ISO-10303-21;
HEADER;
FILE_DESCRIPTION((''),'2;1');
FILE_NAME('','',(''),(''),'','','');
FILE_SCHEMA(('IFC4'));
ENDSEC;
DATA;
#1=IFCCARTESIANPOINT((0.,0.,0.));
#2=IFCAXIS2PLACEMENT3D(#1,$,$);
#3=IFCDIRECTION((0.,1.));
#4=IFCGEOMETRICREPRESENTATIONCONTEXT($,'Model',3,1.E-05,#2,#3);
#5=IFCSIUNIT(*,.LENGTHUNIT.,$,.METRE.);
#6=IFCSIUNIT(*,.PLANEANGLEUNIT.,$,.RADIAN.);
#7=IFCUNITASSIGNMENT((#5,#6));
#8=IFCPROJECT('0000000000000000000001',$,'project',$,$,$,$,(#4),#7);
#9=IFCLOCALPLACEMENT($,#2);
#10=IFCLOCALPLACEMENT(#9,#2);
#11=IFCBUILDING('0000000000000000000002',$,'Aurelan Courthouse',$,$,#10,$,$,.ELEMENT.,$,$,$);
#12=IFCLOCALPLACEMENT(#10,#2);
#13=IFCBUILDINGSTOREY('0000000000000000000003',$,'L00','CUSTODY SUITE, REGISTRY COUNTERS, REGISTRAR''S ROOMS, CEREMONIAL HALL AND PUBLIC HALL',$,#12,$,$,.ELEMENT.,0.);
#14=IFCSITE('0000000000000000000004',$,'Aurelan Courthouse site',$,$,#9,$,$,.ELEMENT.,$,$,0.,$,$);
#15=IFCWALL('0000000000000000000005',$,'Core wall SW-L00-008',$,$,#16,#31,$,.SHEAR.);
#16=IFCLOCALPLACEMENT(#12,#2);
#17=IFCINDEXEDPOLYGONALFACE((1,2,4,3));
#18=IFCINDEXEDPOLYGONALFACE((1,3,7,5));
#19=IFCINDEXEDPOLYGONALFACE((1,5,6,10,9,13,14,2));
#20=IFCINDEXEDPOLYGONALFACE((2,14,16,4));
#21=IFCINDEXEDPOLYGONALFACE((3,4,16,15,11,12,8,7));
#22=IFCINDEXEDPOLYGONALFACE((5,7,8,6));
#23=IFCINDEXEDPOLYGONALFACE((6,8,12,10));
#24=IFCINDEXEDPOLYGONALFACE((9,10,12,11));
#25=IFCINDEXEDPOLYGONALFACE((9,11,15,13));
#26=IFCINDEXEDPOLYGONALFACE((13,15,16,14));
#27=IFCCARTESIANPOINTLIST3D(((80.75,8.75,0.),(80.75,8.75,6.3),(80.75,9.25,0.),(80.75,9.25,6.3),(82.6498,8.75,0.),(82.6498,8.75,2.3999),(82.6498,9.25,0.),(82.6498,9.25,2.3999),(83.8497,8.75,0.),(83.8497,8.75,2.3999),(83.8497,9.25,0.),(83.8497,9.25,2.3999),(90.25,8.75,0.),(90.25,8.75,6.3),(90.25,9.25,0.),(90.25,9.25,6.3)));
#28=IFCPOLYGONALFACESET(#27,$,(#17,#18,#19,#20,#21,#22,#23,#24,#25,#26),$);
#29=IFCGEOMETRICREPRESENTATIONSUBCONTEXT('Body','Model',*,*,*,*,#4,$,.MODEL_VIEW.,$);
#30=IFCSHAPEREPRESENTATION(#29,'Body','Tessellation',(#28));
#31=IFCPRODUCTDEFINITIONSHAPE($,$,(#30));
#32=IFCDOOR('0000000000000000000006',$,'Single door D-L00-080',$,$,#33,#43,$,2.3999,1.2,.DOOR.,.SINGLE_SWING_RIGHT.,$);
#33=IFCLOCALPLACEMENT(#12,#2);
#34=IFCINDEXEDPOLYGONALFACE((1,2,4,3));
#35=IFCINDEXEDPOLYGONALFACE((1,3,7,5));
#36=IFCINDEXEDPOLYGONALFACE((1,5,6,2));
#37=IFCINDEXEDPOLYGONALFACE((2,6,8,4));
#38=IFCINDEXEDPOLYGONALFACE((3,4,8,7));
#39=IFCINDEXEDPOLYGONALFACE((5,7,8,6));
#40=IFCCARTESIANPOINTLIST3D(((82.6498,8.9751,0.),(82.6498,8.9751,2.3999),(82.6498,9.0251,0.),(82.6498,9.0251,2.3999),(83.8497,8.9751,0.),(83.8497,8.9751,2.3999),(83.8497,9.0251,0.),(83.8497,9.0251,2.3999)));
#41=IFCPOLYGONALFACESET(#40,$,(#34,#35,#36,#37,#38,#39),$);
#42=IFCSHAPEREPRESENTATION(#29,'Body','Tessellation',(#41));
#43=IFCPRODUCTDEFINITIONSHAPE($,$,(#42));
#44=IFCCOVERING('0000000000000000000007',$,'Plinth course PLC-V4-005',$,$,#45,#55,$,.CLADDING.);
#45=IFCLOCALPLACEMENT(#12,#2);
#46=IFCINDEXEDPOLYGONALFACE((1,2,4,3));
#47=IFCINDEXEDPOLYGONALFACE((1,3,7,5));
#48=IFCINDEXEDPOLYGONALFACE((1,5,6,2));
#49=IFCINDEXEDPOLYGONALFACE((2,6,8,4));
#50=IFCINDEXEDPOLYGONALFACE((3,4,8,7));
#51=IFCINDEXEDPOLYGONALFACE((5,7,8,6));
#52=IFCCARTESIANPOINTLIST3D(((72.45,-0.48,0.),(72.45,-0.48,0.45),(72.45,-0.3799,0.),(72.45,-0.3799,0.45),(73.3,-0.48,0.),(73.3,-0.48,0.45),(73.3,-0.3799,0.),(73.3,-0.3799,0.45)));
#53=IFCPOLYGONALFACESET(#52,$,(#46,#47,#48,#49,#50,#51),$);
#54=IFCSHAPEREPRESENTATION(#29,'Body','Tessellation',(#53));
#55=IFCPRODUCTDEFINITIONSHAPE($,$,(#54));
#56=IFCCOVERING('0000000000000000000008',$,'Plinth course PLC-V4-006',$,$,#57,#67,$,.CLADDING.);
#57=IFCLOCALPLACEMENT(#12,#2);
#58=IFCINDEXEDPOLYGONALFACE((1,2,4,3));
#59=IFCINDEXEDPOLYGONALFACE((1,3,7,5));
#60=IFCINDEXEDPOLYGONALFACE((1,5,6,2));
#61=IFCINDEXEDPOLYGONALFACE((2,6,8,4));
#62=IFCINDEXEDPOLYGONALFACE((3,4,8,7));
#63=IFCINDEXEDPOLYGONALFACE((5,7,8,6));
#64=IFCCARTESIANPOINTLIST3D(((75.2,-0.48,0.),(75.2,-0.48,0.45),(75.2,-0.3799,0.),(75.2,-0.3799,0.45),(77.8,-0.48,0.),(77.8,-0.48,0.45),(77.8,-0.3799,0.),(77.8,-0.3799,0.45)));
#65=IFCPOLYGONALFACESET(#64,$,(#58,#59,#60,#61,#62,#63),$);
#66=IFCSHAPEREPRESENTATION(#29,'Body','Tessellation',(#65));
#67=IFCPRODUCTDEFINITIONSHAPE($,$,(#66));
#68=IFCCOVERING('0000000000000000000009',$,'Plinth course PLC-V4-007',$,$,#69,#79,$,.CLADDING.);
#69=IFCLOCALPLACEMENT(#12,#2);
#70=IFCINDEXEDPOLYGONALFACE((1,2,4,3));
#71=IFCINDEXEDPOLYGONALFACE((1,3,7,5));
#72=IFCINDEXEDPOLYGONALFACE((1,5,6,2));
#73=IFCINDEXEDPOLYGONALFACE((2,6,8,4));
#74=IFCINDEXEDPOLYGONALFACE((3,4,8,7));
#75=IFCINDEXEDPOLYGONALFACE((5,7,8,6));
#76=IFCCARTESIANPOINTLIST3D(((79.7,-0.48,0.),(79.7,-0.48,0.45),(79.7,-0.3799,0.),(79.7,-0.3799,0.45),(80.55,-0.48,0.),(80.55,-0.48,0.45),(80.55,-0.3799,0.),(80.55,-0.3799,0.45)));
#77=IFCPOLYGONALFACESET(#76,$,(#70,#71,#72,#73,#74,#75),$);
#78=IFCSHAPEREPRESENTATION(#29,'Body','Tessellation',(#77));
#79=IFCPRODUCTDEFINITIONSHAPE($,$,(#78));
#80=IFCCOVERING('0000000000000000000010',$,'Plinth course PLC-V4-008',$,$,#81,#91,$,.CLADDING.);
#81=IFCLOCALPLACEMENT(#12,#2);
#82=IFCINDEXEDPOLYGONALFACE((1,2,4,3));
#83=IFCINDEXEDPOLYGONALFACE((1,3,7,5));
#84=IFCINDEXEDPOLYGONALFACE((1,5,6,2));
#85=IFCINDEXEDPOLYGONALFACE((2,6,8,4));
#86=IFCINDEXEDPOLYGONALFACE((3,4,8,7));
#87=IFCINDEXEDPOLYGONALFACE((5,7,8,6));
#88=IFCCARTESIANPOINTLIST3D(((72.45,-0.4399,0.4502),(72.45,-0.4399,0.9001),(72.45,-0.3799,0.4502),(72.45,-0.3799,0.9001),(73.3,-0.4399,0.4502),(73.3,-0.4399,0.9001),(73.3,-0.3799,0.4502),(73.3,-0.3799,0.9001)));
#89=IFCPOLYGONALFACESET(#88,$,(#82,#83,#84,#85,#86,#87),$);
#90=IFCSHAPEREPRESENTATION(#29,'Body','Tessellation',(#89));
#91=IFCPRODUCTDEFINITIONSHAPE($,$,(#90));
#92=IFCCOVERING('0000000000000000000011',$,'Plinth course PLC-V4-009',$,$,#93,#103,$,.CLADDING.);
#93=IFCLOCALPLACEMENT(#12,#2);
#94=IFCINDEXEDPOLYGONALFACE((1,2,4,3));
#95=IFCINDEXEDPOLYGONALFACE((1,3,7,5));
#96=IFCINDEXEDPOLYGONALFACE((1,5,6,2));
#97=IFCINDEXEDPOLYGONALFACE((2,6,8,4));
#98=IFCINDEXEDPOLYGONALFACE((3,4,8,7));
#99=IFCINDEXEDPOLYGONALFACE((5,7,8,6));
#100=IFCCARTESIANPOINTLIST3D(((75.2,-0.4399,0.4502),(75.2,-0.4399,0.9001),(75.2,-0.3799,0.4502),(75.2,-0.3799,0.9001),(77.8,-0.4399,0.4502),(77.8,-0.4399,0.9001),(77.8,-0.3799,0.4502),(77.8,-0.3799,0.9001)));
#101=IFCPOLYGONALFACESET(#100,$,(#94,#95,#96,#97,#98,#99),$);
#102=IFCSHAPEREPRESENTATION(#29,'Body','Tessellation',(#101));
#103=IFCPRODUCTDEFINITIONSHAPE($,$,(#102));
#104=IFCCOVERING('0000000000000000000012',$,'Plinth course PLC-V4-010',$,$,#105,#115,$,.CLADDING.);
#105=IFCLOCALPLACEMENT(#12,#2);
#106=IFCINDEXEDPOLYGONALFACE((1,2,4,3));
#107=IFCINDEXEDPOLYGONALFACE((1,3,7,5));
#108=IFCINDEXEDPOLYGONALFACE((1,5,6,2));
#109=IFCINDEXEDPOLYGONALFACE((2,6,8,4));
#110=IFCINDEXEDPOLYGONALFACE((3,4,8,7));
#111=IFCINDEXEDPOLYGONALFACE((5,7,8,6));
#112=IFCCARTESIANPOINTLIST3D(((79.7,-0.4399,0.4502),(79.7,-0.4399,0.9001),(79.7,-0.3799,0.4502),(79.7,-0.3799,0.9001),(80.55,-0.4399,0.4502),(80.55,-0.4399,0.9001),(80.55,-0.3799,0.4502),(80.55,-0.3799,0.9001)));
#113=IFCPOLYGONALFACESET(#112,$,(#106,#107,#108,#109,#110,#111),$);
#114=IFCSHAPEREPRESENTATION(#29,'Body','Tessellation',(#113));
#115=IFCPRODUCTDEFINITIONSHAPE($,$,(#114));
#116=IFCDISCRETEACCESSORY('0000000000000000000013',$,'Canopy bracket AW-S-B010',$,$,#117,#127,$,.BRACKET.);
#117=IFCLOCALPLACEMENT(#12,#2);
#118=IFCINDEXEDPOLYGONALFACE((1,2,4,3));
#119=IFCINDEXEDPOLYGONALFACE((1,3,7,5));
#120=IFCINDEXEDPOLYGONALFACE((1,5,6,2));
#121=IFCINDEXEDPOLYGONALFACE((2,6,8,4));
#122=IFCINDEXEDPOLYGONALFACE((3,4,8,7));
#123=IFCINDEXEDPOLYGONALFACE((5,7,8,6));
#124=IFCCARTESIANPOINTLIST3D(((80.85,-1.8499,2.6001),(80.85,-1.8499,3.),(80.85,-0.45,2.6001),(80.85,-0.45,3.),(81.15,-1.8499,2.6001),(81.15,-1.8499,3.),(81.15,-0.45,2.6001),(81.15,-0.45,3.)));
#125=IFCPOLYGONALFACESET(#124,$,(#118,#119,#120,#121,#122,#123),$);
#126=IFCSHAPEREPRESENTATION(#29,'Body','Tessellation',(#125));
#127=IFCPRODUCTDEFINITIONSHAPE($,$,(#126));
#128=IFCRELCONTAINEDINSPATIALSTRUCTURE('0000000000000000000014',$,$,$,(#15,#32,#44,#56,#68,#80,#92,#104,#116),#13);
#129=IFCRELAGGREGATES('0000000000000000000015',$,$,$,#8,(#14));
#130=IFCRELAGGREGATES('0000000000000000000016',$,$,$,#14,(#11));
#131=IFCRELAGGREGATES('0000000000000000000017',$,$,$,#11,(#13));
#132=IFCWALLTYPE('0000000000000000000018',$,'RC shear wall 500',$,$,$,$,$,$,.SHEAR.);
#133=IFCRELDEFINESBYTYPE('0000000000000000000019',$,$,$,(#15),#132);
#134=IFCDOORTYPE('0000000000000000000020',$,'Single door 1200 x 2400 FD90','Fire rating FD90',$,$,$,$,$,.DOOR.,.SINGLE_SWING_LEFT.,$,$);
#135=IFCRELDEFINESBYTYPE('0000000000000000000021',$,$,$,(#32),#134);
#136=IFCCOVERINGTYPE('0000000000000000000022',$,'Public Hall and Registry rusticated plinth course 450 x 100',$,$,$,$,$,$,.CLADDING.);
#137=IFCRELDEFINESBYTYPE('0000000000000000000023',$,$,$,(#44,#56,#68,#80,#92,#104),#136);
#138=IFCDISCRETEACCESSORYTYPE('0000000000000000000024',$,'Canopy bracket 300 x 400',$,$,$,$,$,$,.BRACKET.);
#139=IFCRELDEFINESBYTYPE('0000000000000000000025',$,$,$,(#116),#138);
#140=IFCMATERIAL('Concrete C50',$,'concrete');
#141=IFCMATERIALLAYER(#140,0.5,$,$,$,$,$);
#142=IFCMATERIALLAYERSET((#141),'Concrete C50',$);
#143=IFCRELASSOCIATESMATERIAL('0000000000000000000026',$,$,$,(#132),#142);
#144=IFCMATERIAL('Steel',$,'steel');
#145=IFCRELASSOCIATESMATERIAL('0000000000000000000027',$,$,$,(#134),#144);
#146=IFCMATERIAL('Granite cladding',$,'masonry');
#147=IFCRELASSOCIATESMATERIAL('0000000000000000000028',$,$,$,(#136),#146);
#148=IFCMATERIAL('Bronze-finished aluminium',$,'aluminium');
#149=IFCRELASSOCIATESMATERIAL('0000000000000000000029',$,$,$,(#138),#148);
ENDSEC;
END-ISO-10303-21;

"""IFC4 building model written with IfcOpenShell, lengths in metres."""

from ifc_helpers import new_model, si_unit, direction, frame, frame_2d, origin, origin_2d, place, context, subcontext, project, spatial, rectangle, extrude, material, layer, layer_set, type_object, element, fill, save


model = new_model("IFC4")

# Units and contexts
model_context = context("Model", 3, precision=1e-05, world=origin(), true_north=direction((0.0, 1.0)))
body_context = subcontext(model_context, "Body", "Model", "MODEL_VIEW")
ifc_project = project(units=[si_unit("LENGTHUNIT", "METRE"), si_unit("PLANEANGLEUNIT", "RADIAN")], contexts=[model_context])

# Site, building, storey
site_placement = place(None, origin())
site = spatial("IfcSite", under=ifc_project, at=site_placement, Name="Aurelan Courthouse site", CompositionType="ELEMENT", RefElevation=0.0)
building_placement = place(site_placement, origin())
building = spatial("IfcBuilding", under=site, at=building_placement, Name="Aurelan Courthouse", CompositionType="ELEMENT")
storey_placement = place(building_placement, origin())
storey = spatial("IfcBuildingStorey", under=building, at=storey_placement, Name="L00", Description="CUSTODY SUITE, REGISTRY COUNTERS, REGISTRAR'S ROOMS, CEREMONIAL HALL AND PUBLIC HALL", CompositionType="ELEMENT", Elevation=0.0)

# Shared definitions
ifc_material_1 = material(Name="Concrete C50", Category="concrete")

# Shared definitions
ifc_material_2 = material(Name="Steel", Category="steel")

# Shared definitions
ifc_material_3 = material(Name="Granite cladding", Category="masonry")

# Shared definitions
ifc_layer_1 = layer(ifc_material_1, 0.5)
ifc_layer_set_1 = layer_set([ifc_layer_1], Name="Concrete C50")
wall_type_1 = type_object("IfcWallType", Name="RC shear wall 500", PredefinedType="SHEAR", material=ifc_layer_set_1)

# Wall, opening, door
wall_1_placement = place(storey_placement, frame((80.75, 9.0, 0.0), z_axis=(0.0, 0.0, 1.0), x_axis=(1.0, 0.0, 0.0)))
wall_1 = element("IfcWall", 1, at=wall_1_placement, inside=storey, type_object=wall_type_1, Name="Core wall SW-L00-008", PredefinedType="SHEAR", context=body_context, shape_type="SweptSolid", body=[
    extrude(rectangle(XDim=9.5, YDim=0.5, at=frame_2d((4.75, 0.0))), origin(), (0.0, 0.0, 1.0), 6.3),
])
opening_1_placement = place(wall_1_placement, frame((3.0999, 0.0, 0.0), z_axis=(0.0, 0.0, 1.0), x_axis=(-1.0, 0.0, 0.0)))
opening_1 = element("IfcOpeningElement", 2, at=opening_1_placement, cuts=wall_1, PredefinedType="OPENING", context=body_context, shape_type="SweptSolid", body=[
    extrude(rectangle(XDim=1.2, YDim=2.3999, at=frame_2d((0.6001, 1.2))), frame((0.0, 0.26, 0.0), z_axis=(0.0, -1.0, 0.0), x_axis=(1.0, 0.0, 0.0)), (0.0, 0.0, 1.0), 0.52),
])
door_type_1 = type_object("IfcDoorType", Name="Single door 1200 x 2400 FD90", Description="Fire rating FD90", OperationType="SINGLE_SWING_LEFT", PredefinedType="DOOR", material=ifc_material_2)
door_1_placement = place(opening_1_placement, origin())
door_1 = element("IfcDoor", 3, at=door_1_placement, inside=storey, type_object=door_type_1, Name="Single door D-L00-080", OperationType="SINGLE_SWING_RIGHT", OverallHeight=2.3999, OverallWidth=1.2, PredefinedType="DOOR", context=body_context, shape_type="SweptSolid", body=[
    extrude(rectangle(XDim=1.2, YDim=2.3999, at=frame_2d((0.6001, 1.2))), frame((0.0, 0.0249, 0.0), z_axis=(0.0, -1.0, 0.0), x_axis=(1.0, 0.0, 0.0)), (0.0, 0.0, 1.0), 0.05),
])
fill(opening_1, door_1)

# Coverings
covering_type = type_object("IfcCoveringType", Name="Public Hall and Registry rusticated plinth course 450 x 100", PredefinedType="CLADDING", material=ifc_material_3)
covering_1_placement = place(storey_placement, frame((72.875, -0.4299, 0.0), z_axis=(0.0, 0.0, 1.0), x_axis=(1.0, 0.0, 0.0)))
element("IfcCovering", 4, at=covering_1_placement, inside=storey, type_object=covering_type, Name="Plinth course PLC-V4-005", PredefinedType="CLADDING", context=body_context, shape_type="SweptSolid", body=[
    extrude(rectangle(XDim=0.8501, YDim=0.1001, at=origin_2d()), origin(), (0.0, 0.0, 1.0), 0.45),
])
covering_2_placement = place(storey_placement, frame((76.5, -0.4299, 0.0), z_axis=(0.0, 0.0, 1.0), x_axis=(1.0, 0.0, 0.0)))
element("IfcCovering", 5, at=covering_2_placement, inside=storey, type_object=covering_type, Name="Plinth course PLC-V4-006", PredefinedType="CLADDING", context=body_context, shape_type="SweptSolid", body=[
    extrude(rectangle(XDim=2.6001, YDim=0.1001, at=origin_2d()), origin(), (0.0, 0.0, 1.0), 0.45),
])
covering_3_placement = place(storey_placement, frame((80.125, -0.4299, 0.0), z_axis=(0.0, 0.0, 1.0), x_axis=(1.0, 0.0, 0.0)))
element("IfcCovering", 6, at=covering_3_placement, inside=storey, type_object=covering_type, Name="Plinth course PLC-V4-007", PredefinedType="CLADDING", context=body_context, shape_type="SweptSolid", body=[
    extrude(rectangle(XDim=0.8501, YDim=0.1001, at=origin_2d()), origin(), (0.0, 0.0, 1.0), 0.45),
])
covering_4_placement = place(storey_placement, frame((72.875, -0.4099, 0.4502), z_axis=(0.0, 0.0, 1.0), x_axis=(1.0, 0.0, 0.0)))
element("IfcCovering", 7, at=covering_4_placement, inside=storey, type_object=covering_type, Name="Plinth course PLC-V4-008", PredefinedType="CLADDING", context=body_context, shape_type="SweptSolid", body=[
    extrude(rectangle(XDim=0.8501, YDim=0.0601, at=origin_2d()), origin(), (0.0, 0.0, 1.0), 0.45),
])
covering_5_placement = place(storey_placement, frame((76.5, -0.4099, 0.4502), z_axis=(0.0, 0.0, 1.0), x_axis=(1.0, 0.0, 0.0)))
element("IfcCovering", 8, at=covering_5_placement, inside=storey, type_object=covering_type, Name="Plinth course PLC-V4-009", PredefinedType="CLADDING", context=body_context, shape_type="SweptSolid", body=[
    extrude(rectangle(XDim=2.6001, YDim=0.0601, at=origin_2d()), origin(), (0.0, 0.0, 1.0), 0.45),
])
covering_6_placement = place(storey_placement, frame((80.125, -0.4099, 0.4502), z_axis=(0.0, 0.0, 1.0), x_axis=(1.0, 0.0, 0.0)))
element("IfcCovering", 9, at=covering_6_placement, inside=storey, type_object=covering_type, Name="Plinth course PLC-V4-010", PredefinedType="CLADDING", context=body_context, shape_type="SweptSolid", body=[
    extrude(rectangle(XDim=0.8501, YDim=0.0601, at=origin_2d()), origin(), (0.0, 0.0, 1.0), 0.45),
])

# Discrete accessory
ifc_material_4 = material(Name="Bronze-finished aluminium", Category="aluminium")
discrete_accessory_type = type_object("IfcDiscreteAccessoryType", Name="Canopy bracket 300 x 400", PredefinedType="BRACKET", material=ifc_material_4)
discrete_accessory_placement = place(storey_placement, frame((81.0, -1.1499, 2.6001), z_axis=(0.0, 0.0, 1.0), x_axis=(1.0, 0.0, 0.0)))
element("IfcDiscreteAccessory", 10, at=discrete_accessory_placement, inside=storey, type_object=discrete_accessory_type, Name="Canopy bracket AW-S-B010", PredefinedType="BRACKET", context=body_context, shape_type="SweptSolid", body=[
    extrude(rectangle(XDim=0.3, YDim=1.3999, at=origin_2d()), origin(), (0.0, 0.0, 1.0), 0.3999),
])

save(model, "model.ifc")
